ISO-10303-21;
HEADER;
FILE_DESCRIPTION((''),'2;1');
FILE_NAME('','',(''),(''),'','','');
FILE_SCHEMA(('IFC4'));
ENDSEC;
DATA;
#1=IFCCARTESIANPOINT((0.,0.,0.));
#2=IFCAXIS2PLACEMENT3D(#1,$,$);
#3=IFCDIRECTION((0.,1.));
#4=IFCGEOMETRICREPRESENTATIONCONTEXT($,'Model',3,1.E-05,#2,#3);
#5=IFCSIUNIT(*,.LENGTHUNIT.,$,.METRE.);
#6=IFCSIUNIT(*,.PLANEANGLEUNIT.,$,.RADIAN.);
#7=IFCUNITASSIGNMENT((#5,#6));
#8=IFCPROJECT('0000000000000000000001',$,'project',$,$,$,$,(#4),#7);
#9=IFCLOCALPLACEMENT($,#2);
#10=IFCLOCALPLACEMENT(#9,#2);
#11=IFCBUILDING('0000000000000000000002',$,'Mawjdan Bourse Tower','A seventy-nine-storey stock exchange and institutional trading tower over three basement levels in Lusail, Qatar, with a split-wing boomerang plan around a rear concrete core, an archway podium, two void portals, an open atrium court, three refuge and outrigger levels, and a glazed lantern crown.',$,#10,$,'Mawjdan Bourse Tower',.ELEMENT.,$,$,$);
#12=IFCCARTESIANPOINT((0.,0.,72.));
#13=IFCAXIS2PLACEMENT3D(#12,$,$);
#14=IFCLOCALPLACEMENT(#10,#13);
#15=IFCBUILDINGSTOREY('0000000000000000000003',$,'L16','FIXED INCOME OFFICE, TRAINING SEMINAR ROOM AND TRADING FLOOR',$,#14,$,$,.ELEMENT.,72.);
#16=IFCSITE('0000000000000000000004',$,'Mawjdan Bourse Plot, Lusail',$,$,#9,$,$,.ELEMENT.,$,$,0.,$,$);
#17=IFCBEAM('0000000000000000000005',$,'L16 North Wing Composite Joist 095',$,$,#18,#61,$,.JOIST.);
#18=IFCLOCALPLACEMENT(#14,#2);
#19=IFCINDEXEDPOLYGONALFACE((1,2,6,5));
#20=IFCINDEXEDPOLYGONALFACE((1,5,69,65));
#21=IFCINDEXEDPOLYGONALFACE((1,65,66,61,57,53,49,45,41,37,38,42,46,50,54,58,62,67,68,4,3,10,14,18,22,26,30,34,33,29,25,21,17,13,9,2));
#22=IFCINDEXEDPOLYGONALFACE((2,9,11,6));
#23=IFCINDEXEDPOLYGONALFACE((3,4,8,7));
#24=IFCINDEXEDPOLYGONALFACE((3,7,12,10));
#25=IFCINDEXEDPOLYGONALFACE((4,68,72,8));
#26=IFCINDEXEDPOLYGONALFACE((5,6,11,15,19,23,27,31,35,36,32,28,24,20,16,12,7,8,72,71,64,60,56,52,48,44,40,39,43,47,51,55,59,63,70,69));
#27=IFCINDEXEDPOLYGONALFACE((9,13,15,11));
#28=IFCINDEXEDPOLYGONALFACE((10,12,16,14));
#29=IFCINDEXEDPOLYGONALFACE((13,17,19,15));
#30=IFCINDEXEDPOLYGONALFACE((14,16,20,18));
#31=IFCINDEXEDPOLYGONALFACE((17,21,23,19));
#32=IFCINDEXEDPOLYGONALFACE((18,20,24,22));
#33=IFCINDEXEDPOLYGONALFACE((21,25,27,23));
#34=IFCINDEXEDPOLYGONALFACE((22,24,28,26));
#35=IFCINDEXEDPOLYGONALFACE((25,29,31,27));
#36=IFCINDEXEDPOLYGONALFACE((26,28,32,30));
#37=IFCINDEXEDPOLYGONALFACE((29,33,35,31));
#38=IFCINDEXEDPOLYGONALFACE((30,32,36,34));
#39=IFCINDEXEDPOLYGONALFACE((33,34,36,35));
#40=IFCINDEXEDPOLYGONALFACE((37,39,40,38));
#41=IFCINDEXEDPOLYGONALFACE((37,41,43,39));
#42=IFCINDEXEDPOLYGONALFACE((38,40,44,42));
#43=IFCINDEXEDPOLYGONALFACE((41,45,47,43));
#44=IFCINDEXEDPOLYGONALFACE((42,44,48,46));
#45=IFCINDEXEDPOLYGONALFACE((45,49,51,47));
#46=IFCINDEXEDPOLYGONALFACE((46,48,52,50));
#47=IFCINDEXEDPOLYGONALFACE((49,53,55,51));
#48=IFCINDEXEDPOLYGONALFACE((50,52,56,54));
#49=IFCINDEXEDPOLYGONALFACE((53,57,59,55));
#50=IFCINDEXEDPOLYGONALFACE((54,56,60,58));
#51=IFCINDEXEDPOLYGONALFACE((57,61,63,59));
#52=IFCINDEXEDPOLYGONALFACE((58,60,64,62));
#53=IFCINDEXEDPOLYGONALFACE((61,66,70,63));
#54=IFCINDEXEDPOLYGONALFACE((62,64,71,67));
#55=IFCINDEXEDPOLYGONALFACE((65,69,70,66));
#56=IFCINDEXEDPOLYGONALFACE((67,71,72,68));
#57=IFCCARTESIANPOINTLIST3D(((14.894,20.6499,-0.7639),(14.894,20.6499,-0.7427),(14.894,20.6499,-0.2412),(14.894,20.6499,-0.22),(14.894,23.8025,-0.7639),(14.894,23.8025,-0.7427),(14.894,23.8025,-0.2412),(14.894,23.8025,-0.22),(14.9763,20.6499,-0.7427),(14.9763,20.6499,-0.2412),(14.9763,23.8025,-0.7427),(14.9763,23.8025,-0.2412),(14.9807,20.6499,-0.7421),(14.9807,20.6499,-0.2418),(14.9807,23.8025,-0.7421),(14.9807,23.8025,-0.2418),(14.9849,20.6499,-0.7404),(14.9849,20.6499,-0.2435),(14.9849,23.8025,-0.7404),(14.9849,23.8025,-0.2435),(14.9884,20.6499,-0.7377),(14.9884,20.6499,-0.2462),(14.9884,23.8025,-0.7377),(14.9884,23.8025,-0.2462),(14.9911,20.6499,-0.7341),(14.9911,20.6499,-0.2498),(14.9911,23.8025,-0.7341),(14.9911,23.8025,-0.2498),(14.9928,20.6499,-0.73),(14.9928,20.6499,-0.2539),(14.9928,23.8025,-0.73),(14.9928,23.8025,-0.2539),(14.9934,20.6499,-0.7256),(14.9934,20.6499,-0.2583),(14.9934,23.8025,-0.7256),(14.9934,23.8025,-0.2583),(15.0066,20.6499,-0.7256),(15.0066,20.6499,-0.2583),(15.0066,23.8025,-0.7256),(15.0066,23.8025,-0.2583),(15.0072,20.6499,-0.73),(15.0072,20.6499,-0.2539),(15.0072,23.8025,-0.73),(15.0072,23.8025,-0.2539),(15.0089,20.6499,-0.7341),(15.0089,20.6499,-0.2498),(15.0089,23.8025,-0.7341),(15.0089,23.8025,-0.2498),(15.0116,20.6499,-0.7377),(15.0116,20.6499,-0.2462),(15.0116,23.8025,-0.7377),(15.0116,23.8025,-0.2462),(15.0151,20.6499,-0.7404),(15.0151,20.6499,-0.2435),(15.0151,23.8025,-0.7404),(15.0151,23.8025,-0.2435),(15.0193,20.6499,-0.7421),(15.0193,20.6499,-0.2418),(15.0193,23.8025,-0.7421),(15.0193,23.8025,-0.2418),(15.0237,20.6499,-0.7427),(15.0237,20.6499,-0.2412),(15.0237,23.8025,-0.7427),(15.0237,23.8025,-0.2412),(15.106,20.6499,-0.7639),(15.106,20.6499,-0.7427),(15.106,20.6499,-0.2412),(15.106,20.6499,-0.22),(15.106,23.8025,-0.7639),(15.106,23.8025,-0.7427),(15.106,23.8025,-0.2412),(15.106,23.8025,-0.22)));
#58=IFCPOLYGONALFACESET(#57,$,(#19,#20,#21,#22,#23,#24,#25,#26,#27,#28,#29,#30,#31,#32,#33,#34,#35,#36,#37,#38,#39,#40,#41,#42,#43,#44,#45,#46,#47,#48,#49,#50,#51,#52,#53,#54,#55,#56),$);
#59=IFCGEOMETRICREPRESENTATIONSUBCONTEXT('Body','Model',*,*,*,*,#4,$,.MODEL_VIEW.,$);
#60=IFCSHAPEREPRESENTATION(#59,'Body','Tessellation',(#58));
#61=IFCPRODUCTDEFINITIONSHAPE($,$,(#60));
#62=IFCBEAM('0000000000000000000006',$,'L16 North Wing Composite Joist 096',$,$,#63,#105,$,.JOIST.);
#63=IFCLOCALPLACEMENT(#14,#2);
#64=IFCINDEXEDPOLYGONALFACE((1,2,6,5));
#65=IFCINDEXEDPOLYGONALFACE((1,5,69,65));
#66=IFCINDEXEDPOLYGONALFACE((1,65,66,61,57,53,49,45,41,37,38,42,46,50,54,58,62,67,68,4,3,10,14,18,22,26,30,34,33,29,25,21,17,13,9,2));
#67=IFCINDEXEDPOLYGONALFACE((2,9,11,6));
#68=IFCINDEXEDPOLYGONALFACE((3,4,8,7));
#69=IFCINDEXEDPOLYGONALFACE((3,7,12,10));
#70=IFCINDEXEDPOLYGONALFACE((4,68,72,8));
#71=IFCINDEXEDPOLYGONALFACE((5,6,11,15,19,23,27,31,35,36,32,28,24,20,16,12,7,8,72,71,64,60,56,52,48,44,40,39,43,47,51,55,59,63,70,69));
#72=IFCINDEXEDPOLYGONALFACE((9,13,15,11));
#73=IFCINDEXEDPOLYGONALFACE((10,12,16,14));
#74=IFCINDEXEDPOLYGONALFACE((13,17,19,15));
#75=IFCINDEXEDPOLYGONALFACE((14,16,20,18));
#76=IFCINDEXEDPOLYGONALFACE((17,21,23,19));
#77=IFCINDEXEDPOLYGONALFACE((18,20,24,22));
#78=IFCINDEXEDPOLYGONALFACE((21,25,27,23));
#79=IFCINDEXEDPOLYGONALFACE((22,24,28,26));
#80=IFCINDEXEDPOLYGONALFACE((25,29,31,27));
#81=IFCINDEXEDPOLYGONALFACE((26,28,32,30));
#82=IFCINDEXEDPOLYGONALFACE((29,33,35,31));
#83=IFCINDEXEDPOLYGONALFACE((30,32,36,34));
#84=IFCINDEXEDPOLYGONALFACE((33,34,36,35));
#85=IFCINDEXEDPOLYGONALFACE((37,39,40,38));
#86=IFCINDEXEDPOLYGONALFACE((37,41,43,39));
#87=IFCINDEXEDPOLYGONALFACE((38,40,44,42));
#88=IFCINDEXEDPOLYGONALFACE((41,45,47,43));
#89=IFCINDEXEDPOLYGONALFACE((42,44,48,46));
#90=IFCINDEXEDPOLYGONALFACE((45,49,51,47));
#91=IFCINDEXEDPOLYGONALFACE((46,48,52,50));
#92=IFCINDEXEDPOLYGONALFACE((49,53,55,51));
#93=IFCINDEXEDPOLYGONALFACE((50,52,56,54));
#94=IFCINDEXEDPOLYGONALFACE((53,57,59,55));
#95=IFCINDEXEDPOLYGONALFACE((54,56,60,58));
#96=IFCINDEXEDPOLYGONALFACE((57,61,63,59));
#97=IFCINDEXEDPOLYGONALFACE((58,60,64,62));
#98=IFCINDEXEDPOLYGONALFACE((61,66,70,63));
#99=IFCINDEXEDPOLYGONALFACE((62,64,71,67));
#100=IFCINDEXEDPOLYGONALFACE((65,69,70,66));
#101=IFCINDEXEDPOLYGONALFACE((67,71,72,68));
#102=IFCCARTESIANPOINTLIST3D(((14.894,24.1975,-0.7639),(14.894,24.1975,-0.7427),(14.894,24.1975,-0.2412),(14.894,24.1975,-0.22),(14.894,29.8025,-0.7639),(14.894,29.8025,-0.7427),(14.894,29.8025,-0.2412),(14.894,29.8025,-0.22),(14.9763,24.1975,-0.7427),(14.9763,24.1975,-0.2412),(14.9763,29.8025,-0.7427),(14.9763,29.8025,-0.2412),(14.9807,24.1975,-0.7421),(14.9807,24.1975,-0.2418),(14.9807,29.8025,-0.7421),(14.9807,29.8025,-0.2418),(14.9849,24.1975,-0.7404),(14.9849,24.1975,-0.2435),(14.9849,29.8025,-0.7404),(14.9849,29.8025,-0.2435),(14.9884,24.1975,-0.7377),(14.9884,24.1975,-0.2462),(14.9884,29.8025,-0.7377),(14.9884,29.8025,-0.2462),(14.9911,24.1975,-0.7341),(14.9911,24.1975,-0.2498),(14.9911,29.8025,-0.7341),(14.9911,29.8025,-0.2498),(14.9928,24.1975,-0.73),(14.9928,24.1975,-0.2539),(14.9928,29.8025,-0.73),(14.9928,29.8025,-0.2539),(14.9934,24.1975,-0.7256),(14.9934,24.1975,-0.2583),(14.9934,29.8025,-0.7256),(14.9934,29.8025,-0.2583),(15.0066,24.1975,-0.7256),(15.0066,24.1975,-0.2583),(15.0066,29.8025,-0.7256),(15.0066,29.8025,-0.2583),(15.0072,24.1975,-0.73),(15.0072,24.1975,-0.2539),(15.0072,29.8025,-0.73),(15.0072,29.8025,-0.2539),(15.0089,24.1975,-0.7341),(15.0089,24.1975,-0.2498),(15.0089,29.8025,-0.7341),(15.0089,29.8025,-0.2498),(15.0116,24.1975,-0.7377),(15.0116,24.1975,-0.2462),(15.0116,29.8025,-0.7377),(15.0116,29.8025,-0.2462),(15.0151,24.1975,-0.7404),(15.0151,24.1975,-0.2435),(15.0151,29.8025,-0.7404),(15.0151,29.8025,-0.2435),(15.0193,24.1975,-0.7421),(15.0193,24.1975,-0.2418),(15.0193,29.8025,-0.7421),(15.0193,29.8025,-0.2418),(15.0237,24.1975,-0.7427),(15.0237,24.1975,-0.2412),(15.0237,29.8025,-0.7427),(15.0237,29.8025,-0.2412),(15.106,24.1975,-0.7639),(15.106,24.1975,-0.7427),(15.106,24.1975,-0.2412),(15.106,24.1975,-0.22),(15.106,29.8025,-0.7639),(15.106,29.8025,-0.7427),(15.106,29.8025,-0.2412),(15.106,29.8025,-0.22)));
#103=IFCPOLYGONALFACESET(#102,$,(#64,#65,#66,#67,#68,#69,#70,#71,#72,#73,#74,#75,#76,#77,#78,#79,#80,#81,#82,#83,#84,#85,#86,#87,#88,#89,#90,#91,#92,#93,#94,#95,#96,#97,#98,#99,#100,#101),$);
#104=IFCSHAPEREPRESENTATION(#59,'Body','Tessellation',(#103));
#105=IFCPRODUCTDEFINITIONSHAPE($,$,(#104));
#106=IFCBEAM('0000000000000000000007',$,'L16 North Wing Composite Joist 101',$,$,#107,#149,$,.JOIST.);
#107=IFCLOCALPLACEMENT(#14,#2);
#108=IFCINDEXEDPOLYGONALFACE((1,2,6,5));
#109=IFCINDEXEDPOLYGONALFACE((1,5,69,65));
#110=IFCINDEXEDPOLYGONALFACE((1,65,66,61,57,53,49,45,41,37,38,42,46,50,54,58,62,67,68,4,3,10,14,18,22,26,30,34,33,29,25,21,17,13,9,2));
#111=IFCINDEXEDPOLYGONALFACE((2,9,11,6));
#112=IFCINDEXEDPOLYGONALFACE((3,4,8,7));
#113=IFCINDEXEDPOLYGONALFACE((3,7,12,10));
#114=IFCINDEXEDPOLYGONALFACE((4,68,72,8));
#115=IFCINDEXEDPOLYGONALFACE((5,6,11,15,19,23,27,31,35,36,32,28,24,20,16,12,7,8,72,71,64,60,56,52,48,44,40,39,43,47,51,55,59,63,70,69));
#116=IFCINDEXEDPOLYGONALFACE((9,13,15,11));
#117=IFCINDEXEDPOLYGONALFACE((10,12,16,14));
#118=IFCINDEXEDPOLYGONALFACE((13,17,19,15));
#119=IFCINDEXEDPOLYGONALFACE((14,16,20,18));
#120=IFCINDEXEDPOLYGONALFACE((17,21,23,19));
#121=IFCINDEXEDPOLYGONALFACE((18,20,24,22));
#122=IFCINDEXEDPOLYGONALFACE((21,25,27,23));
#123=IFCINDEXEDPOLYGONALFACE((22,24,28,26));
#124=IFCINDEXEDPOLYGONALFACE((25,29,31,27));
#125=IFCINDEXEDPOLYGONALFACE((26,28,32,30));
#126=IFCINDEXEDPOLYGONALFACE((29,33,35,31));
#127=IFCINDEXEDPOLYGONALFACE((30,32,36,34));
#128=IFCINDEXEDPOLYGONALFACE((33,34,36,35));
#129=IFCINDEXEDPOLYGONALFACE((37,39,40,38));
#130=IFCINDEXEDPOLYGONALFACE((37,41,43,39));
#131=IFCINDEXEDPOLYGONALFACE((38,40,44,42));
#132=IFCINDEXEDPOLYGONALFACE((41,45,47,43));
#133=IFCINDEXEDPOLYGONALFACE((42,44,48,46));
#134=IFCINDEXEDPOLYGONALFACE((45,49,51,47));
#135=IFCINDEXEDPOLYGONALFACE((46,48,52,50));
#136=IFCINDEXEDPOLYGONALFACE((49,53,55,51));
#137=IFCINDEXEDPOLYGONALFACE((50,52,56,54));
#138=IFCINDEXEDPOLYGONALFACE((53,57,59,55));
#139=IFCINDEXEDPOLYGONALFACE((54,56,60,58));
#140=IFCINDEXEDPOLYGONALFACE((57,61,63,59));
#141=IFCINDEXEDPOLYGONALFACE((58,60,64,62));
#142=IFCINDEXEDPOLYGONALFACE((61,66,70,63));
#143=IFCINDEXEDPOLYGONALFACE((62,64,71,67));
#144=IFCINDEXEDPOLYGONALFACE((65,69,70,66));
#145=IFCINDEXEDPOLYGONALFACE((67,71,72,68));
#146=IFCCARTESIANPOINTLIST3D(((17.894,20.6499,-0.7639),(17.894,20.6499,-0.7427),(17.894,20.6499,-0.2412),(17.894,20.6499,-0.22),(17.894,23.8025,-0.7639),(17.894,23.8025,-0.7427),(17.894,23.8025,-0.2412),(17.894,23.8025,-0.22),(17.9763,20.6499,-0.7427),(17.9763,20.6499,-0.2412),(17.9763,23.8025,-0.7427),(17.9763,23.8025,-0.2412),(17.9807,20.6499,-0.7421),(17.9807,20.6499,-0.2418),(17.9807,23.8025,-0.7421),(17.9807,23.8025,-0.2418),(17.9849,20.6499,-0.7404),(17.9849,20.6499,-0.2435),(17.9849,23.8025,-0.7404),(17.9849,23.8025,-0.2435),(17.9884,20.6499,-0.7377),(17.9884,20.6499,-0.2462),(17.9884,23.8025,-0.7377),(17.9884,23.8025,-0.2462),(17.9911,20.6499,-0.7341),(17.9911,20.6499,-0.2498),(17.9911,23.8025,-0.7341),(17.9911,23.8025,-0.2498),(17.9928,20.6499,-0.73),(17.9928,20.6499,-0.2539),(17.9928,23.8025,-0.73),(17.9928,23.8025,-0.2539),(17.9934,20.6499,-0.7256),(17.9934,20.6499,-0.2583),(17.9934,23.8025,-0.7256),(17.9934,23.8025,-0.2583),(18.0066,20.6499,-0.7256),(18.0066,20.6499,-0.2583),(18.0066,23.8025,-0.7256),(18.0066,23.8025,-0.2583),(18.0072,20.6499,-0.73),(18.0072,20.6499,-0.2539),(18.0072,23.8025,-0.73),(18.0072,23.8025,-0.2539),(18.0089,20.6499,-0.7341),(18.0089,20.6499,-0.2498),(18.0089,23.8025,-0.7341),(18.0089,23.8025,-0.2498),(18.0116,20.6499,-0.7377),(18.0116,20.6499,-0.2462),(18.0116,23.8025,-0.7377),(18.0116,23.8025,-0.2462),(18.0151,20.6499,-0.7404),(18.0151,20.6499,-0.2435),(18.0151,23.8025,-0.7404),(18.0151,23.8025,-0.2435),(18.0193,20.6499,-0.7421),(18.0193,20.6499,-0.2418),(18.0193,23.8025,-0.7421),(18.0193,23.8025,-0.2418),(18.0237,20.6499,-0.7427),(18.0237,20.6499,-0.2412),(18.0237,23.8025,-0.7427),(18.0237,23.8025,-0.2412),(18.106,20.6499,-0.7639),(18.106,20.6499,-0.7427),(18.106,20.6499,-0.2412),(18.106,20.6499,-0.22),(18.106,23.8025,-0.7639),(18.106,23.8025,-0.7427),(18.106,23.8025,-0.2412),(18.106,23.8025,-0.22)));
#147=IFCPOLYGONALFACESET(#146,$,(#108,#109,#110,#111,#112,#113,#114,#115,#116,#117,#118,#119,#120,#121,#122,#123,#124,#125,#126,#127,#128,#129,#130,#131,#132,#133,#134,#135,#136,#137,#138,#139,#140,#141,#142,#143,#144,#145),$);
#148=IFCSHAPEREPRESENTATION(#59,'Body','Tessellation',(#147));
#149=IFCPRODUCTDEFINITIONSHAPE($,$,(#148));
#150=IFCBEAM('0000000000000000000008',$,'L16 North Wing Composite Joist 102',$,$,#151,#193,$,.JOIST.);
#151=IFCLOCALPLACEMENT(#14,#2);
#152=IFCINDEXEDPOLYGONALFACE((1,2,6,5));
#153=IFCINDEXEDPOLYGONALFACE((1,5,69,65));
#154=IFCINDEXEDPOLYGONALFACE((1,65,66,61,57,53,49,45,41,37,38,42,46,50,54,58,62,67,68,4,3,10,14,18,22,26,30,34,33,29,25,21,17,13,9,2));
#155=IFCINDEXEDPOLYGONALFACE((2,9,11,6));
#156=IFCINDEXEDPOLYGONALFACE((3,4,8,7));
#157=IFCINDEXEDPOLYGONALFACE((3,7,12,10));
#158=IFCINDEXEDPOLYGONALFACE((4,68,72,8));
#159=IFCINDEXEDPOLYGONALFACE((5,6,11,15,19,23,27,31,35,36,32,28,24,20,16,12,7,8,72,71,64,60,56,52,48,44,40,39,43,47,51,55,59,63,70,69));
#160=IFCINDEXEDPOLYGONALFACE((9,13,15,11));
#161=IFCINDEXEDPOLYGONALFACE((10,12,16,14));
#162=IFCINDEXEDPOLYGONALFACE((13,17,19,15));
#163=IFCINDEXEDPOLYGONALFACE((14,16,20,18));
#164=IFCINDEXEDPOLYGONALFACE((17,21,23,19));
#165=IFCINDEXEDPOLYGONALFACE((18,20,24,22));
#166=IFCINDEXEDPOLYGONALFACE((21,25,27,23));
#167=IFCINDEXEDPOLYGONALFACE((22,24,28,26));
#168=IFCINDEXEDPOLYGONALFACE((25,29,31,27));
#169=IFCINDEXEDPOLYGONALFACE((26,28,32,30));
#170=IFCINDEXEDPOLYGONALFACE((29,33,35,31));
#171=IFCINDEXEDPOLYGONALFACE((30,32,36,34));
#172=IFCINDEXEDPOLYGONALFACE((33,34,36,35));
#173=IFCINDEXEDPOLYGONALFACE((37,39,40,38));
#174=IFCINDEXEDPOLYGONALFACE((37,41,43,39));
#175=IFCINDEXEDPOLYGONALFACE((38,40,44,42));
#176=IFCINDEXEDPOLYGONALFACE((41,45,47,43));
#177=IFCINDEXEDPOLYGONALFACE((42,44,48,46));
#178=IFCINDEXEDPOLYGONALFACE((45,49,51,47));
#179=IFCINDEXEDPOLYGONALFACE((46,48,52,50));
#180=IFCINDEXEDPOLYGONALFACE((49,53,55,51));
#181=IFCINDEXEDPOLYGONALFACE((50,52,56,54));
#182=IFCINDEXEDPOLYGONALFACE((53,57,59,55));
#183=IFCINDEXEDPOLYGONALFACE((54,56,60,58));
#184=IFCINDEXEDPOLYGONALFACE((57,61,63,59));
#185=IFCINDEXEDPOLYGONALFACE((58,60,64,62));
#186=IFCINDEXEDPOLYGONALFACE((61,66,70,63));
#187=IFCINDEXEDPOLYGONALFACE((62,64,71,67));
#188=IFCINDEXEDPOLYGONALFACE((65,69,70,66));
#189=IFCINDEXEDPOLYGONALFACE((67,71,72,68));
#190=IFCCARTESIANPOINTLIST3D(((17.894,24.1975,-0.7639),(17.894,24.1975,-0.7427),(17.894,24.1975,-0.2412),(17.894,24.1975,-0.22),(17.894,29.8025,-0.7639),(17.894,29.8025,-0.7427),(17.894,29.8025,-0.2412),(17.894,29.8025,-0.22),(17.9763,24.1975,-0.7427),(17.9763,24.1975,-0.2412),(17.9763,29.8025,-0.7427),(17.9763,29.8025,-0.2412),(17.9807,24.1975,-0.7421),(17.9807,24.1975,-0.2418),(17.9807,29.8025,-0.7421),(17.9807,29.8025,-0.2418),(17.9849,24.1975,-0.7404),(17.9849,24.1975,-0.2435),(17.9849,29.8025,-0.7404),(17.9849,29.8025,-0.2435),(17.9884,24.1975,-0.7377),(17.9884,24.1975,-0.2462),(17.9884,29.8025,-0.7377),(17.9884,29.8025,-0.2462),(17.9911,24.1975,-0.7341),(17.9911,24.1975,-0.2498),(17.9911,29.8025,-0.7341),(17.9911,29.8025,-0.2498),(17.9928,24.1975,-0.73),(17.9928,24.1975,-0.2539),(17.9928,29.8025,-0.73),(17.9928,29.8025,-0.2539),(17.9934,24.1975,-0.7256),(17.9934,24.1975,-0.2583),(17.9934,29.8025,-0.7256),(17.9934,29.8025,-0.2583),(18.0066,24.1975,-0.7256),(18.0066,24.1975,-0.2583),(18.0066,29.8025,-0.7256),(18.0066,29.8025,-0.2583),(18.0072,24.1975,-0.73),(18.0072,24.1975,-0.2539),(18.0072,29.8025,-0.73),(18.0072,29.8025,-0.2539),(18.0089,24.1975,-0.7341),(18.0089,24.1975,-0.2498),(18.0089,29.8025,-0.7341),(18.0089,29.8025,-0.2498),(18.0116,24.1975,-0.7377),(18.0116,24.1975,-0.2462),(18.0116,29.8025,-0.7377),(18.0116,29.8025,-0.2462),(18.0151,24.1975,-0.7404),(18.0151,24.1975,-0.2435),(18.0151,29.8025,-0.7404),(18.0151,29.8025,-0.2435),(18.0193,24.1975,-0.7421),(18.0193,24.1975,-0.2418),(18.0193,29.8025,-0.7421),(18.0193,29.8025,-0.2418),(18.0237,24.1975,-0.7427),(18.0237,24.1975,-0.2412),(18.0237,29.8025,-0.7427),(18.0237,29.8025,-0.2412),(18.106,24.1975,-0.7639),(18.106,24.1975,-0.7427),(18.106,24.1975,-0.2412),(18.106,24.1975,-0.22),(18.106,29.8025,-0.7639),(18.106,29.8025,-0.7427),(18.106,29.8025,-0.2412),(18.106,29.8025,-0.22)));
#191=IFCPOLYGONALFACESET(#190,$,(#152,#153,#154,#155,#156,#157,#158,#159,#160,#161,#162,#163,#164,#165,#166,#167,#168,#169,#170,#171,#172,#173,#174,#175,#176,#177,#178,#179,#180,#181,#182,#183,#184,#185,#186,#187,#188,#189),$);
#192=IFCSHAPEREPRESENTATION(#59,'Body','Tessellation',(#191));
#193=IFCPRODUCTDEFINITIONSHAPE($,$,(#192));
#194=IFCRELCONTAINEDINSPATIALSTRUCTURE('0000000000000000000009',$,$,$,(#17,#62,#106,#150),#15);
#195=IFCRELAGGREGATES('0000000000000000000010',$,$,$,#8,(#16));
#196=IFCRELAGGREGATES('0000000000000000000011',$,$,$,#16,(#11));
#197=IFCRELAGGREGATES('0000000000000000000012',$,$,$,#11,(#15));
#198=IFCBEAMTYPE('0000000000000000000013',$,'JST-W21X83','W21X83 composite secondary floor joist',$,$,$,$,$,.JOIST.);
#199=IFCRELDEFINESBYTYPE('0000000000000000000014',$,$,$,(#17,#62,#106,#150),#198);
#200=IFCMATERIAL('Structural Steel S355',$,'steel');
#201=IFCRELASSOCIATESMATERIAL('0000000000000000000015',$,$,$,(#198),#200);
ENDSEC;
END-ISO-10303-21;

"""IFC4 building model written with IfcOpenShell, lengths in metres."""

from ifc_helpers import new_model, si_unit, direction, frame, origin, origin_2d, place, context, subcontext, project, spatial, i_section, extrude, material, material_profile, profile_set, type_object, element, save


model = new_model("IFC4")

# Units and contexts
model_context = context("Model", 3, precision=1e-05, world=origin(), true_north=direction((0.0, 1.0)))
body_context = subcontext(model_context, "Body", "Model", "MODEL_VIEW")
ifc_project = project(units=[si_unit("LENGTHUNIT", "METRE"), si_unit("PLANEANGLEUNIT", "RADIAN")], contexts=[model_context])

# Site, building, storey
site_placement = place(None, origin())
site = spatial("IfcSite", under=ifc_project, at=site_placement, Name="Mawjdan Bourse Plot, Lusail", CompositionType="ELEMENT", RefElevation=0.0)
building_placement = place(site_placement, origin())
building = spatial("IfcBuilding", under=site, at=building_placement, Name="Mawjdan Bourse Tower", Description="A seventy-nine-storey stock exchange and institutional trading tower over three basement levels in Lusail, Qatar, with a split-wing boomerang plan around a rear concrete core, an archway podium, two void portals, an open atrium court, three refuge and outrigger levels, and a glazed lantern crown.", LongName="Mawjdan Bourse Tower", CompositionType="ELEMENT")
storey_placement = place(building_placement, frame((0.0, 0.0, 72.0)))
storey = spatial("IfcBuildingStorey", under=building, at=storey_placement, Name="L16", Description="FIXED INCOME OFFICE, TRAINING SEMINAR ROOM AND TRADING FLOOR", CompositionType="ELEMENT", Elevation=72.0)

# Beams
ifc_material_1 = material(Name="Structural Steel S355", Category="steel")
ifc_material_profile_1 = material_profile(ifc_material_1, i_section(OverallWidth=0.2119, OverallDepth=0.5439, WebThickness=0.0132, FlangeThickness=0.0212, FilletRadius=0.0171, at=origin_2d()), Name="W21X83")
ifc_profile_set_1 = profile_set([ifc_material_profile_1], Name="Structural Steel S355")
beam_type_1 = type_object("IfcBeamType", Name="JST-W21X83", Description="W21X83 composite secondary floor joist", PredefinedType="JOIST", material=ifc_profile_set_1)
beam_1_placement = place(storey_placement, frame((15.0, 20.6499, -0.4919), z_axis=(0.0, 1.0, 0.0), x_axis=(-1.0, 0.0, 0.0)))
element("IfcBeam", 1, at=beam_1_placement, inside=storey, type_object=beam_type_1, Name="L16 North Wing Composite Joist 095", PredefinedType="JOIST", context=body_context, shape_type="SweptSolid", body=[
    extrude(i_section(OverallWidth=0.2119, OverallDepth=0.5439, WebThickness=0.0132, FlangeThickness=0.0212, FilletRadius=0.0171, at=origin_2d()), origin(), (0.0, 0.0, 1.0), 3.1526),
])
beam_2_placement = place(storey_placement, frame((15.0, 24.1975, -0.4919), z_axis=(0.0, 1.0, 0.0), x_axis=(-1.0, 0.0, 0.0)))
element("IfcBeam", 2, at=beam_2_placement, inside=storey, type_object=beam_type_1, Name="L16 North Wing Composite Joist 096", PredefinedType="JOIST", context=body_context, shape_type="SweptSolid", body=[
    extrude(i_section(OverallWidth=0.2119, OverallDepth=0.5439, WebThickness=0.0132, FlangeThickness=0.0212, FilletRadius=0.0171, at=origin_2d()), origin(), (0.0, 0.0, 1.0), 5.605),
])
beam_3_placement = place(storey_placement, frame((18.0, 20.6499, -0.4919), z_axis=(0.0, 1.0, 0.0), x_axis=(-1.0, 0.0, 0.0)))
element("IfcBeam", 3, at=beam_3_placement, inside=storey, type_object=beam_type_1, Name="L16 North Wing Composite Joist 101", PredefinedType="JOIST", context=body_context, shape_type="SweptSolid", body=[
    extrude(i_section(OverallWidth=0.2119, OverallDepth=0.5439, WebThickness=0.0132, FlangeThickness=0.0212, FilletRadius=0.0171, at=origin_2d()), origin(), (0.0, 0.0, 1.0), 3.1526),
])
beam_4_placement = place(storey_placement, frame((18.0, 24.1975, -0.4919), z_axis=(0.0, 1.0, 0.0), x_axis=(-1.0, 0.0, 0.0)))
element("IfcBeam", 4, at=beam_4_placement, inside=storey, type_object=beam_type_1, Name="L16 North Wing Composite Joist 102", PredefinedType="JOIST", context=body_context, shape_type="SweptSolid", body=[
    extrude(i_section(OverallWidth=0.2119, OverallDepth=0.5439, WebThickness=0.0132, FlangeThickness=0.0212, FilletRadius=0.0171, at=origin_2d()), origin(), (0.0, 0.0, 1.0), 5.605),
])

save(model, "model.ifc")
